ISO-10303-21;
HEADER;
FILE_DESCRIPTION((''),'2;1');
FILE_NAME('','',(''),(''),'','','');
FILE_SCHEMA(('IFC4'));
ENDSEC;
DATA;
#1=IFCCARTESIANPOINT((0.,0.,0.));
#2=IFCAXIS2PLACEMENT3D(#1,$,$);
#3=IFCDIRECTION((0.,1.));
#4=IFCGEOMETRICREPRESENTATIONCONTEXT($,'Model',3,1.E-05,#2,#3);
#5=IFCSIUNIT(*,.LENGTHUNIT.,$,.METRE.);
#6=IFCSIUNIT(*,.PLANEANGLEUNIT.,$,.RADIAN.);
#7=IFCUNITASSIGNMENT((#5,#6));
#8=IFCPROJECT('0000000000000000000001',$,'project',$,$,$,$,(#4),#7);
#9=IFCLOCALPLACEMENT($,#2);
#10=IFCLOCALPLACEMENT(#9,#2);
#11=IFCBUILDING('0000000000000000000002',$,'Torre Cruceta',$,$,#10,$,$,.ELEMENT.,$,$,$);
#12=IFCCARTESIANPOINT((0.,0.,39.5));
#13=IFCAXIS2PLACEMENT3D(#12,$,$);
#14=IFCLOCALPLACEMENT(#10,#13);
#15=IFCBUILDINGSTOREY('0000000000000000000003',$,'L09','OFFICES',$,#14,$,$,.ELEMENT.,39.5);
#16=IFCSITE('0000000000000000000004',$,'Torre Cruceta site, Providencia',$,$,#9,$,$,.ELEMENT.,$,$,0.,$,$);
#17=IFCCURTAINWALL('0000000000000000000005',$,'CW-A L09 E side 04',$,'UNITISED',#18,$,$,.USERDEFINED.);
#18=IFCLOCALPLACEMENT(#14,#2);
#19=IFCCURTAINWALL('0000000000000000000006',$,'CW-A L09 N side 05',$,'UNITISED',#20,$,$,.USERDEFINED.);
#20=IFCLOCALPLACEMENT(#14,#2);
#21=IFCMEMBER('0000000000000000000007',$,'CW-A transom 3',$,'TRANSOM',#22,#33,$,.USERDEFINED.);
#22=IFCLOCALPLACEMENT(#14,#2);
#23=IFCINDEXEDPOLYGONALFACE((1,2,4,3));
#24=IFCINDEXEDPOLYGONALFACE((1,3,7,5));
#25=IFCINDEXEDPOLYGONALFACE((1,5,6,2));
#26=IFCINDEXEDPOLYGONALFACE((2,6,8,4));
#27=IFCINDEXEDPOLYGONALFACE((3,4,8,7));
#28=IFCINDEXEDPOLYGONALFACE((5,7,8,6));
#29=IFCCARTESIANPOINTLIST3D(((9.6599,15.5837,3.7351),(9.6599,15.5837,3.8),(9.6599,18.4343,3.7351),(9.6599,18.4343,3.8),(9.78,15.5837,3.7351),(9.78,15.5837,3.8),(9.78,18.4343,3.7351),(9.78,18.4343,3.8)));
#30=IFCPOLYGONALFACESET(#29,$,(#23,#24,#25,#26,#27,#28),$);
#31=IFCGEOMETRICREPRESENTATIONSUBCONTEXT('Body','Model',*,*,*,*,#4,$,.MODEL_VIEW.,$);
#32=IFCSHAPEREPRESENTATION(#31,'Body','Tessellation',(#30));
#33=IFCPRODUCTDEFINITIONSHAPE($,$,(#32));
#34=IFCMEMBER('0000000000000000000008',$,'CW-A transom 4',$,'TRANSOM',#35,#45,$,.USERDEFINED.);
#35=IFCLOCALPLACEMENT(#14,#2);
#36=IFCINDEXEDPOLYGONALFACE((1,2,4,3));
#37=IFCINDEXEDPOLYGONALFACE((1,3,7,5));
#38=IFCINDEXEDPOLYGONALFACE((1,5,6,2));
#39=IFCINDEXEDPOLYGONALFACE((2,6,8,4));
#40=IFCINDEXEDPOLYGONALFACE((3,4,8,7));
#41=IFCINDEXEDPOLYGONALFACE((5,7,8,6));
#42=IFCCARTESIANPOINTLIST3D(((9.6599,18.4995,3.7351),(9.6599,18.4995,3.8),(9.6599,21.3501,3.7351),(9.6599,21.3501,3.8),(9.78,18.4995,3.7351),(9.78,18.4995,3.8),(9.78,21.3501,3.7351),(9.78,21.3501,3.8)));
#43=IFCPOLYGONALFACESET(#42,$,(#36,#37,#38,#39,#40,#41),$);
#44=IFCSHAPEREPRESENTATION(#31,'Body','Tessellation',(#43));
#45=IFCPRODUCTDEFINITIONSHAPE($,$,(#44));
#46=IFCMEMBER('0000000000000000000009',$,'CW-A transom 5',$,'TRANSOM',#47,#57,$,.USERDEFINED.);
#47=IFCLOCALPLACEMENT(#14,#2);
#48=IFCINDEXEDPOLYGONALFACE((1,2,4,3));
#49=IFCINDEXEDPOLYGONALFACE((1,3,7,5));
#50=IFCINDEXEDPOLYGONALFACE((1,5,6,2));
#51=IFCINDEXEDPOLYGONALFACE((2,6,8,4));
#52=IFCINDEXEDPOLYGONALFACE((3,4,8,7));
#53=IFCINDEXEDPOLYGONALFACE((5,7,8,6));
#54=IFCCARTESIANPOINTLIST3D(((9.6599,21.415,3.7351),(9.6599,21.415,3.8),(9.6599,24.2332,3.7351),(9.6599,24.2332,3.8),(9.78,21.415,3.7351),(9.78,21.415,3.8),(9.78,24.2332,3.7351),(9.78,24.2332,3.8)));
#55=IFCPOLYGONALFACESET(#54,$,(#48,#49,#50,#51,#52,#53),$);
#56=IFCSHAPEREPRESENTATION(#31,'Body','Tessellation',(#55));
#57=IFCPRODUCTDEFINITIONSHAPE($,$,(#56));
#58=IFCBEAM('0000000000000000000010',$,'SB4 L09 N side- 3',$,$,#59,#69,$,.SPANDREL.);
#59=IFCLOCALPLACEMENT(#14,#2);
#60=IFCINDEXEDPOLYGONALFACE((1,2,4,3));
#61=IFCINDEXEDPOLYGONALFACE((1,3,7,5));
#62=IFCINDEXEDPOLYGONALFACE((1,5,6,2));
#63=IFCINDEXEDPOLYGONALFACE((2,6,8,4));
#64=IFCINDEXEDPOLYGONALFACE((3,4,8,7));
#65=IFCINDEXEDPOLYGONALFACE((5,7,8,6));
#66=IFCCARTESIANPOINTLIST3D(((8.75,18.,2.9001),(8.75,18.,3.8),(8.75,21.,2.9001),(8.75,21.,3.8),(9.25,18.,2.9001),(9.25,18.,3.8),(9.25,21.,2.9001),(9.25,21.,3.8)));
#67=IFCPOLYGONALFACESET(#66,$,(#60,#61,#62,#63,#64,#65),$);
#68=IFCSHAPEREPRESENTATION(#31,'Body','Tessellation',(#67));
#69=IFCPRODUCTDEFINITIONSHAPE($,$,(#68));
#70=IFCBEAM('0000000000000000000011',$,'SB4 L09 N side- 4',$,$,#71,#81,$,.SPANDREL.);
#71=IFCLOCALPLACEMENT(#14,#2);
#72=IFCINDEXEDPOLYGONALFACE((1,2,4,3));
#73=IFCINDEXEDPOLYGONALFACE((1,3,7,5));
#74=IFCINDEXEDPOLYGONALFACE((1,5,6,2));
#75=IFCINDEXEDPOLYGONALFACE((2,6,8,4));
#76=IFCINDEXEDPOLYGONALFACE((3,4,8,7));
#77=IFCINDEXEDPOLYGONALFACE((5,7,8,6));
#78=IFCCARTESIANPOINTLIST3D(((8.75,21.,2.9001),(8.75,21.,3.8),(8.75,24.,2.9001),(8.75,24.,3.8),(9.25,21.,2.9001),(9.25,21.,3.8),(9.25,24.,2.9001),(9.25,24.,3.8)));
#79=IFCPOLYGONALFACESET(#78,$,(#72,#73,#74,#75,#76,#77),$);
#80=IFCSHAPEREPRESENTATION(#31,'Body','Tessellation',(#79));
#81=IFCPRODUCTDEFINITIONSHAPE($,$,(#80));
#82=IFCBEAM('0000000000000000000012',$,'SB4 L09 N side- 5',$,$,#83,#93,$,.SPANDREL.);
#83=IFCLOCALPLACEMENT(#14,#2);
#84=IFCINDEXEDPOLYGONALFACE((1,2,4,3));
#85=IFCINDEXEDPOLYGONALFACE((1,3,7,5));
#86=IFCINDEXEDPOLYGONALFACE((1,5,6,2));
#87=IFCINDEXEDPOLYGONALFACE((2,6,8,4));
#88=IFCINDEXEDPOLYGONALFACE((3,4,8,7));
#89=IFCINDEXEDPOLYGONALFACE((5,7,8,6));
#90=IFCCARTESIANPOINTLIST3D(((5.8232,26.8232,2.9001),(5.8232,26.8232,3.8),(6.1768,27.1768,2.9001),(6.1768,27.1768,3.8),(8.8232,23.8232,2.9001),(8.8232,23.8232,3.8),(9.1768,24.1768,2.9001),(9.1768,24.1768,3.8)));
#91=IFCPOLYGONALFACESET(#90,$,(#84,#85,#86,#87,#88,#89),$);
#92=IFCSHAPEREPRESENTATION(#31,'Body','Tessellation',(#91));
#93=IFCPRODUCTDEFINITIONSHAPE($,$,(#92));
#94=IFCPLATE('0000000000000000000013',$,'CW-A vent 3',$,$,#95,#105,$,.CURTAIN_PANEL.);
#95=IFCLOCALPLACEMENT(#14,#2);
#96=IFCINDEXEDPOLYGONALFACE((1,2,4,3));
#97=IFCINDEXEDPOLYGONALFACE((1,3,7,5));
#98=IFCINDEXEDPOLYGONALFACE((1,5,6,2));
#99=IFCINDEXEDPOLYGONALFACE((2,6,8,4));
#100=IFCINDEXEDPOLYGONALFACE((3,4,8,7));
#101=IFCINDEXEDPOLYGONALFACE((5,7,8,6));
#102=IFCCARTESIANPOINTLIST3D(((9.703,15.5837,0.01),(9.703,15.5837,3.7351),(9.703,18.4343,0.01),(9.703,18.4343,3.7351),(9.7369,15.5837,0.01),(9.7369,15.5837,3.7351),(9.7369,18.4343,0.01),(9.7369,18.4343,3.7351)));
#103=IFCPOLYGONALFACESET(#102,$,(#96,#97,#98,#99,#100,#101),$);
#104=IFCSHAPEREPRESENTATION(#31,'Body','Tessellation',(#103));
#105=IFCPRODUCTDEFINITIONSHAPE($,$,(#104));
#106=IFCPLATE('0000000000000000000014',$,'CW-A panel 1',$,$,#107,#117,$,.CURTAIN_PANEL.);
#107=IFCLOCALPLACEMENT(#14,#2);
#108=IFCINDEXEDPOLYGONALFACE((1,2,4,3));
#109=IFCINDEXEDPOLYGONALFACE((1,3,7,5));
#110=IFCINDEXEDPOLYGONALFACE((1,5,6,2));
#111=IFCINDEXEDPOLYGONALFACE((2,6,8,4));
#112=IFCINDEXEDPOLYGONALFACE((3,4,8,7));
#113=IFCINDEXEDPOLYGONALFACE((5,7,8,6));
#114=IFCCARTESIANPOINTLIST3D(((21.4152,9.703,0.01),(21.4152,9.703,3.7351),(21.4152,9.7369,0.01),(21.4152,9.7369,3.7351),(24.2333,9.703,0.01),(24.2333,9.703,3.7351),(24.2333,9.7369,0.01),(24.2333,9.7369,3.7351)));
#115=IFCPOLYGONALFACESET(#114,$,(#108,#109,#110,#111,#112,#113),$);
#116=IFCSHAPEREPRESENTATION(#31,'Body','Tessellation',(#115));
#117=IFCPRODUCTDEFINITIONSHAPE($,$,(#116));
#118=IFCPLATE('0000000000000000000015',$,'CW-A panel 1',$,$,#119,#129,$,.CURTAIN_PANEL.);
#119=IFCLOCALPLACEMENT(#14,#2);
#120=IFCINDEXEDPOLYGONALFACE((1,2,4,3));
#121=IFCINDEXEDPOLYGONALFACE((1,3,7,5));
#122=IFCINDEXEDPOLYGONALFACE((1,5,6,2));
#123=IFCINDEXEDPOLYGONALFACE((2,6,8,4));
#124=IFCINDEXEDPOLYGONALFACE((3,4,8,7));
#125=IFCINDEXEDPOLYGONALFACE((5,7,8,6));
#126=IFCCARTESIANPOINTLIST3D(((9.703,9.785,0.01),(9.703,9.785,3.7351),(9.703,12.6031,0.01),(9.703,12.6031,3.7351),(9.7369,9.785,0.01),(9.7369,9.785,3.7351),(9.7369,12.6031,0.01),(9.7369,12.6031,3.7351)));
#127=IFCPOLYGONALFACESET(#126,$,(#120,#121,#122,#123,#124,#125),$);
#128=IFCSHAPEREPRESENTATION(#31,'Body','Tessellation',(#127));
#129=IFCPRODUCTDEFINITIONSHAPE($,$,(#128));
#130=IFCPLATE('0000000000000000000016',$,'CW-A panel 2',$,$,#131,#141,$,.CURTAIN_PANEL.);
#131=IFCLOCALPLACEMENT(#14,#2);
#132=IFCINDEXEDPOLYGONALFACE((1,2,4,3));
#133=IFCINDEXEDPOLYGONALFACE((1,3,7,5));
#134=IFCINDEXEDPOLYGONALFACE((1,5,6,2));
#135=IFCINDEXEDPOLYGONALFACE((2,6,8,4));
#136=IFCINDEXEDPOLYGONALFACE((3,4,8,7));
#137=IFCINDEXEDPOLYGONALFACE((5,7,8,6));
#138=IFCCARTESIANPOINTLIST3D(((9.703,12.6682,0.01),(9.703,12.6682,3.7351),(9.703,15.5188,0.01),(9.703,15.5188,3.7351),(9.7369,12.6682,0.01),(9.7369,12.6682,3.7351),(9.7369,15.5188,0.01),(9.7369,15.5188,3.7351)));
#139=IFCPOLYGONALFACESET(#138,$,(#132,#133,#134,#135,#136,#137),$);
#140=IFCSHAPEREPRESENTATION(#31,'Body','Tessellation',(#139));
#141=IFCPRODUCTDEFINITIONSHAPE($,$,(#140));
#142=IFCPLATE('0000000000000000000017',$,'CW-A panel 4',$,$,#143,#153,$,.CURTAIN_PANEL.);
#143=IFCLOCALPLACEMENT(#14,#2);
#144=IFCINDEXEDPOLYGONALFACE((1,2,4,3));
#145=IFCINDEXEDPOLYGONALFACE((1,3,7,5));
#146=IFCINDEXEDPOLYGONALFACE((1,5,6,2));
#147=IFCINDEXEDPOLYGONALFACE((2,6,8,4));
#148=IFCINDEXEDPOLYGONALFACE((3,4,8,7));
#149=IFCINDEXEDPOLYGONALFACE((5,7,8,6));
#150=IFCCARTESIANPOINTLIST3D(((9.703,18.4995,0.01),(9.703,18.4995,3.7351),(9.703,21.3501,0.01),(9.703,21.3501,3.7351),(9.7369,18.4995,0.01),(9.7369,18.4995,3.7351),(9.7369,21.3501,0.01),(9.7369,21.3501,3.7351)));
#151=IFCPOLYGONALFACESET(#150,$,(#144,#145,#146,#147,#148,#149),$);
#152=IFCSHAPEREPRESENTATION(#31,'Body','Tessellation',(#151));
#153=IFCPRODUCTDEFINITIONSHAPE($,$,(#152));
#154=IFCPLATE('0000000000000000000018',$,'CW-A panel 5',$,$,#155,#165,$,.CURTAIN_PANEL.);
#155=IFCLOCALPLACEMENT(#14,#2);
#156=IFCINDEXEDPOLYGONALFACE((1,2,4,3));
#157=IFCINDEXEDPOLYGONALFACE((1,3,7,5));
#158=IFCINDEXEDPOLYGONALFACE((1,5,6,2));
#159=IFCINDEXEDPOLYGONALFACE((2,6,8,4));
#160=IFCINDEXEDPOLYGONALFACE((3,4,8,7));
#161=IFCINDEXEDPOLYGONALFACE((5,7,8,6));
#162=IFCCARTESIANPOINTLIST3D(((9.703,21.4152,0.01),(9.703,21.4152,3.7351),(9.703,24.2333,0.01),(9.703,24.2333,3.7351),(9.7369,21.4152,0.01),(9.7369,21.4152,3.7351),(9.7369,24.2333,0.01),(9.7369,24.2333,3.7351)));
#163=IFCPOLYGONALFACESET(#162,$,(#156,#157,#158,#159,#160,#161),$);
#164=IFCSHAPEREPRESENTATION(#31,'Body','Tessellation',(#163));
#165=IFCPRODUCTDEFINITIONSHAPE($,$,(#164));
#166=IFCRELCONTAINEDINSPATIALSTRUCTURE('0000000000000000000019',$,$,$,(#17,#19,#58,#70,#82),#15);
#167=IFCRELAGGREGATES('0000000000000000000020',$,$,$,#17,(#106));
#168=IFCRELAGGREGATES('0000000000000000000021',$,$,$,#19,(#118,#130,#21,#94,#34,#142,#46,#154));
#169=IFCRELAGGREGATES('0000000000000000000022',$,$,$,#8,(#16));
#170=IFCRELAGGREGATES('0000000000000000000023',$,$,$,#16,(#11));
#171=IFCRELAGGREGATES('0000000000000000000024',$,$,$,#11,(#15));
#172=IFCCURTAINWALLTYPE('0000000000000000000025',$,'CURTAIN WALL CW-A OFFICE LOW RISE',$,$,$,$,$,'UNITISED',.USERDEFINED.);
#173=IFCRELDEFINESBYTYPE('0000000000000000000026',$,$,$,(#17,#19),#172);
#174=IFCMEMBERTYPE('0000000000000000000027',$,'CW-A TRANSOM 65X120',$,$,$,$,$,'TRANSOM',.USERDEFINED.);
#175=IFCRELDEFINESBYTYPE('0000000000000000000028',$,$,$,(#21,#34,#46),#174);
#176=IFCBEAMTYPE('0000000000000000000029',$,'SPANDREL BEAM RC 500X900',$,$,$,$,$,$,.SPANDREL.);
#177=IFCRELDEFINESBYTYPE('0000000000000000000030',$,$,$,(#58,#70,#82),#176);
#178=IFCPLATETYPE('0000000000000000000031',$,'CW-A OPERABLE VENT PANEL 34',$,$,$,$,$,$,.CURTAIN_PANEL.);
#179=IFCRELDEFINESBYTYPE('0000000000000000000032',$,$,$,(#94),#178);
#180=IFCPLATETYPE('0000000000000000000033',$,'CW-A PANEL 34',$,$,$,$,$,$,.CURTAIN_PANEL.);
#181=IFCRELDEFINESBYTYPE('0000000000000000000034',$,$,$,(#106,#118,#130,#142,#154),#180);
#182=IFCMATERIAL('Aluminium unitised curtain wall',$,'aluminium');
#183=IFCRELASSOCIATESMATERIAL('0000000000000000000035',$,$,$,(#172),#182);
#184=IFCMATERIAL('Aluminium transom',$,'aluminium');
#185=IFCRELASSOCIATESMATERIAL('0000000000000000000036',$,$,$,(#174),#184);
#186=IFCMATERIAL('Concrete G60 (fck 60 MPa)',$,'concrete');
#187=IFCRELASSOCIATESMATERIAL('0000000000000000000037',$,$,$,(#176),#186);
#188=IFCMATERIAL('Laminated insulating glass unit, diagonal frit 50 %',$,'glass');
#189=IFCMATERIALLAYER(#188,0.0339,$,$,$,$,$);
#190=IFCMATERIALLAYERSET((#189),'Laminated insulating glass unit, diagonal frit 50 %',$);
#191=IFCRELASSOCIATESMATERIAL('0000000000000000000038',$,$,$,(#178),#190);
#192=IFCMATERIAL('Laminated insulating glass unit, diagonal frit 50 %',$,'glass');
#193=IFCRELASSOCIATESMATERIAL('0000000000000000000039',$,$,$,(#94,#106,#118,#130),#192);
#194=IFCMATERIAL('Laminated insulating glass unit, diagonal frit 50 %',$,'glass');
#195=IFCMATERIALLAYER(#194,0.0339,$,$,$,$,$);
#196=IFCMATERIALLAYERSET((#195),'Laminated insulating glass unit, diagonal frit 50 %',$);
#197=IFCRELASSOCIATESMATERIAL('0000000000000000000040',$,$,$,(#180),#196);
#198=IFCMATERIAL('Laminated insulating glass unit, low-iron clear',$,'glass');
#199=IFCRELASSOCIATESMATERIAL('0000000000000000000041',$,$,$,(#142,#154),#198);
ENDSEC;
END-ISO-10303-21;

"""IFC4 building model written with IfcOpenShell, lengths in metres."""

from ifc_helpers import new_model, si_unit, direction, frame, origin, origin_2d, place, context, subcontext, project, spatial, rectangle, extrude, material, layer, layer_set, material_profile, profile_set, type_object, element, aggregate, save


model = new_model("IFC4")

# Units and contexts
model_context = context("Model", 3, precision=1e-05, world=origin(), true_north=direction((0.0, 1.0)))
body_context = subcontext(model_context, "Body", "Model", "MODEL_VIEW")
ifc_project = project(units=[si_unit("LENGTHUNIT", "METRE"), si_unit("PLANEANGLEUNIT", "RADIAN")], contexts=[model_context])

# Site, building, storey
site_placement = place(None, origin())
site = spatial("IfcSite", under=ifc_project, at=site_placement, Name="Torre Cruceta site, Providencia", CompositionType="ELEMENT", RefElevation=0.0)
building_placement = place(site_placement, origin())
building = spatial("IfcBuilding", under=site, at=building_placement, Name="Torre Cruceta", CompositionType="ELEMENT")
storey_placement = place(building_placement, frame((0.0, 0.0, 39.5)))
storey = spatial("IfcBuildingStorey", under=building, at=storey_placement, Name="L09", Description="OFFICES", CompositionType="ELEMENT", Elevation=39.5)

# Curtain walls
ifc_material_1 = material(Name="Aluminium unitised curtain wall", Category="aluminium")
curtain_wall_type = type_object("IfcCurtainWallType", Name="CURTAIN WALL CW-A OFFICE LOW RISE", ElementType="UNITISED", PredefinedType="USERDEFINED", material=ifc_material_1)
curtain_wall_1_placement = place(storey_placement, origin())
curtain_wall_1 = element("IfcCurtainWall", 1, at=curtain_wall_1_placement, inside=storey, type_object=curtain_wall_type, Name="CW-A L09 E side 04", ObjectType="UNITISED", PredefinedType="USERDEFINED")
curtain_wall_2_placement = place(storey_placement, origin())
curtain_wall_2 = element("IfcCurtainWall", 2, at=curtain_wall_2_placement, inside=storey, type_object=curtain_wall_type, Name="CW-A L09 N side 05", ObjectType="UNITISED", PredefinedType="USERDEFINED")

# Members
ifc_material_2 = material(Name="Aluminium transom", Category="aluminium")
ifc_material_profile_1 = material_profile(ifc_material_2, rectangle(XDim=0.1201, YDim=0.0649, at=origin_2d()), Name="AL 120X65")
ifc_profile_set_1 = profile_set([ifc_material_profile_1], Name="Aluminium transom")
member_type_1 = type_object("IfcMemberType", Name="CW-A TRANSOM 65X120", ElementType="TRANSOM", PredefinedType="USERDEFINED", material=ifc_profile_set_1)
member_1_placement = place(storey_placement, frame((9.72, 15.5837, 3.7676), z_axis=(0.0, 1.0, 0.0), x_axis=(-1.0, 0.0, 0.0)))
member_1 = element("IfcMember", 3, at=member_1_placement, type_object=member_type_1, Name="CW-A transom 3", ObjectType="TRANSOM", PredefinedType="USERDEFINED", context=body_context, shape_type="SweptSolid", body=[
    extrude(rectangle(XDim=0.1201, YDim=0.0649, at=origin_2d()), origin(), (0.0, 0.0, 1.0), 2.8506),
])
member_2_placement = place(storey_placement, frame((9.72, 18.4995, 3.7676), z_axis=(0.0, 1.0, 0.0), x_axis=(-1.0, 0.0, 0.0)))
member_2 = element("IfcMember", 4, at=member_2_placement, type_object=member_type_1, Name="CW-A transom 4", ObjectType="TRANSOM", PredefinedType="USERDEFINED", context=body_context, shape_type="SweptSolid", body=[
    extrude(rectangle(XDim=0.1201, YDim=0.0649, at=origin_2d()), origin(), (0.0, 0.0, 1.0), 2.8506),
])
member_3_placement = place(storey_placement, frame((9.72, 21.415, 3.7676), z_axis=(0.0, 1.0, 0.0), x_axis=(-1.0, 0.0, 0.0)))
member_3 = element("IfcMember", 5, at=member_3_placement, type_object=member_type_1, Name="CW-A transom 5", ObjectType="TRANSOM", PredefinedType="USERDEFINED", context=body_context, shape_type="SweptSolid", body=[
    extrude(rectangle(XDim=0.1201, YDim=0.0649, at=origin_2d()), origin(), (0.0, 0.0, 1.0), 2.8181),
])

# Beams
ifc_material_3 = material(Name="Concrete G60 (fck 60 MPa)", Category="concrete")
ifc_material_profile_2 = material_profile(ifc_material_3, rectangle(XDim=0.5, YDim=0.8999, at=origin_2d()), Name="RC 500X900")
ifc_profile_set_2 = profile_set([ifc_material_profile_2], Name="Concrete G60 (fck 60 MPa)")
beam_type_1 = type_object("IfcBeamType", Name="SPANDREL BEAM RC 500X900", PredefinedType="SPANDREL", material=ifc_profile_set_2)
for number, where, z_axis, x_axis, name in (
    (6, (9.0, 18.0, 3.3501), (0.0, 1.0, 0.0), (-1.0, 0.0, 0.0), "SB4 L09 N side- 3"),
    (7, (9.0, 21.0, 3.3501), (0.0, 1.0, 0.0), (-1.0, 0.0, 0.0), "SB4 L09 N side- 4"),
):
    element("IfcBeam", number, at=place(storey_placement, frame(where, z_axis=z_axis, x_axis=x_axis)), inside=storey, type_object=beam_type_1, Name=name, PredefinedType="SPANDREL", context=body_context, shape_type="SweptSolid", body=[
        extrude(rectangle(XDim=0.5, YDim=0.8999, at=origin_2d()), origin(), (0.0, 0.0, 1.0), 3.0),
    ])
beam_placement = place(storey_placement, frame((9.0, 24.0, 3.3501), z_axis=(-0.707107, 0.707107, 0.0), x_axis=(-0.707107, -0.707107, 0.0)))
element("IfcBeam", 8, at=beam_placement, inside=storey, type_object=beam_type_1, Name="SB4 L09 N side- 5", PredefinedType="SPANDREL", context=body_context, shape_type="SweptSolid", body=[
    extrude(rectangle(XDim=0.5, YDim=0.8999, at=origin_2d()), origin(), (0.0, 0.0, 1.0), 4.2427),
])

# Plates
ifc_material_4 = material(Name="Laminated insulating glass unit, diagonal frit 50 %", Category="glass")
ifc_material_5 = material(Name="Laminated insulating glass unit, diagonal frit 50 %", Category="glass")
ifc_layer_1 = layer(ifc_material_5, 0.0339)
ifc_layer_set_1 = layer_set([ifc_layer_1], Name="Laminated insulating glass unit, diagonal frit 50 %")
plate_type_1 = type_object("IfcPlateType", Name="CW-A OPERABLE VENT PANEL 34", PredefinedType="CURTAIN_PANEL", material=ifc_layer_set_1)
plate_1_placement = place(storey_placement, frame((9.72, 17.009, 0.01), z_axis=(0.0, 0.0, 1.0), x_axis=(0.0, 1.0, 0.0)))
plate_1 = element("IfcPlate", 9, at=plate_1_placement, type_object=plate_type_1, material=ifc_material_4, Name="CW-A vent 3", PredefinedType="CURTAIN_PANEL", context=body_context, shape_type="SweptSolid", body=[
    extrude(rectangle(XDim=2.8506, YDim=0.0339, at=origin_2d()), origin(), (0.0, 0.0, 1.0), 3.7251),
])
ifc_material_6 = material(Name="Laminated insulating glass unit, diagonal frit 50 %", Category="glass")
ifc_layer_2 = layer(ifc_material_6, 0.0339)
ifc_layer_set_2 = layer_set([ifc_layer_2], Name="Laminated insulating glass unit, diagonal frit 50 %")
plate_type_2 = type_object("IfcPlateType", Name="CW-A PANEL 34", PredefinedType="CURTAIN_PANEL", material=ifc_layer_set_2)
plate_2_placement = place(storey_placement, frame((22.8242, 9.72, 0.01), z_axis=(0.0, 0.0, 1.0), x_axis=(-1.0, 0.0, 0.0)))
plate_2 = element("IfcPlate", 10, at=plate_2_placement, type_object=plate_type_2, material=ifc_material_4, Name="CW-A panel 1", PredefinedType="CURTAIN_PANEL", context=body_context, shape_type="SweptSolid", body=[
    extrude(rectangle(XDim=2.8181, YDim=0.0339, at=origin_2d()), origin(), (0.0, 0.0, 1.0), 3.7251),
])
aggregate(curtain_wall_1, [plate_2])
plate_3_placement = place(storey_placement, frame((9.72, 11.1941, 0.01), z_axis=(0.0, 0.0, 1.0), x_axis=(0.0, 1.0, 0.0)))
plate_3 = element("IfcPlate", 11, at=plate_3_placement, type_object=plate_type_2, material=ifc_material_4, Name="CW-A panel 1", PredefinedType="CURTAIN_PANEL", context=body_context, shape_type="SweptSolid", body=[
    extrude(rectangle(XDim=2.8181, YDim=0.0339, at=origin_2d()), origin(), (0.0, 0.0, 1.0), 3.7251),
])
plate_4_placement = place(storey_placement, frame((9.72, 14.0935, 0.01), z_axis=(0.0, 0.0, 1.0), x_axis=(0.0, 1.0, 0.0)))
plate_4 = element("IfcPlate", 12, at=plate_4_placement, type_object=plate_type_2, material=ifc_material_4, Name="CW-A panel 2", PredefinedType="CURTAIN_PANEL", context=body_context, shape_type="SweptSolid", body=[
    extrude(rectangle(XDim=2.8506, YDim=0.0339, at=origin_2d()), origin(), (0.0, 0.0, 1.0), 3.7251),
])
ifc_material_7 = material(Name="Laminated insulating glass unit, low-iron clear", Category="glass")
plate_5_placement = place(storey_placement, frame((9.72, 19.9248, 0.01), z_axis=(0.0, 0.0, 1.0), x_axis=(0.0, 1.0, 0.0)))
plate_5 = element("IfcPlate", 13, at=plate_5_placement, type_object=plate_type_2, material=ifc_material_7, Name="CW-A panel 4", PredefinedType="CURTAIN_PANEL", context=body_context, shape_type="SweptSolid", body=[
    extrude(rectangle(XDim=2.8506, YDim=0.0339, at=origin_2d()), origin(), (0.0, 0.0, 1.0), 3.7251),
])
plate_6_placement = place(storey_placement, frame((9.72, 22.8242, 0.01), z_axis=(0.0, 0.0, 1.0), x_axis=(0.0, 1.0, 0.0)))
plate_6 = element("IfcPlate", 14, at=plate_6_placement, type_object=plate_type_2, material=ifc_material_7, Name="CW-A panel 5", PredefinedType="CURTAIN_PANEL", context=body_context, shape_type="SweptSolid", body=[
    extrude(rectangle(XDim=2.8181, YDim=0.0339, at=origin_2d()), origin(), (0.0, 0.0, 1.0), 3.7251),
])
aggregate(curtain_wall_2, [plate_3, plate_4, member_1, plate_1, member_2, plate_5, member_3, plate_6])

save(model, "model.ifc")
